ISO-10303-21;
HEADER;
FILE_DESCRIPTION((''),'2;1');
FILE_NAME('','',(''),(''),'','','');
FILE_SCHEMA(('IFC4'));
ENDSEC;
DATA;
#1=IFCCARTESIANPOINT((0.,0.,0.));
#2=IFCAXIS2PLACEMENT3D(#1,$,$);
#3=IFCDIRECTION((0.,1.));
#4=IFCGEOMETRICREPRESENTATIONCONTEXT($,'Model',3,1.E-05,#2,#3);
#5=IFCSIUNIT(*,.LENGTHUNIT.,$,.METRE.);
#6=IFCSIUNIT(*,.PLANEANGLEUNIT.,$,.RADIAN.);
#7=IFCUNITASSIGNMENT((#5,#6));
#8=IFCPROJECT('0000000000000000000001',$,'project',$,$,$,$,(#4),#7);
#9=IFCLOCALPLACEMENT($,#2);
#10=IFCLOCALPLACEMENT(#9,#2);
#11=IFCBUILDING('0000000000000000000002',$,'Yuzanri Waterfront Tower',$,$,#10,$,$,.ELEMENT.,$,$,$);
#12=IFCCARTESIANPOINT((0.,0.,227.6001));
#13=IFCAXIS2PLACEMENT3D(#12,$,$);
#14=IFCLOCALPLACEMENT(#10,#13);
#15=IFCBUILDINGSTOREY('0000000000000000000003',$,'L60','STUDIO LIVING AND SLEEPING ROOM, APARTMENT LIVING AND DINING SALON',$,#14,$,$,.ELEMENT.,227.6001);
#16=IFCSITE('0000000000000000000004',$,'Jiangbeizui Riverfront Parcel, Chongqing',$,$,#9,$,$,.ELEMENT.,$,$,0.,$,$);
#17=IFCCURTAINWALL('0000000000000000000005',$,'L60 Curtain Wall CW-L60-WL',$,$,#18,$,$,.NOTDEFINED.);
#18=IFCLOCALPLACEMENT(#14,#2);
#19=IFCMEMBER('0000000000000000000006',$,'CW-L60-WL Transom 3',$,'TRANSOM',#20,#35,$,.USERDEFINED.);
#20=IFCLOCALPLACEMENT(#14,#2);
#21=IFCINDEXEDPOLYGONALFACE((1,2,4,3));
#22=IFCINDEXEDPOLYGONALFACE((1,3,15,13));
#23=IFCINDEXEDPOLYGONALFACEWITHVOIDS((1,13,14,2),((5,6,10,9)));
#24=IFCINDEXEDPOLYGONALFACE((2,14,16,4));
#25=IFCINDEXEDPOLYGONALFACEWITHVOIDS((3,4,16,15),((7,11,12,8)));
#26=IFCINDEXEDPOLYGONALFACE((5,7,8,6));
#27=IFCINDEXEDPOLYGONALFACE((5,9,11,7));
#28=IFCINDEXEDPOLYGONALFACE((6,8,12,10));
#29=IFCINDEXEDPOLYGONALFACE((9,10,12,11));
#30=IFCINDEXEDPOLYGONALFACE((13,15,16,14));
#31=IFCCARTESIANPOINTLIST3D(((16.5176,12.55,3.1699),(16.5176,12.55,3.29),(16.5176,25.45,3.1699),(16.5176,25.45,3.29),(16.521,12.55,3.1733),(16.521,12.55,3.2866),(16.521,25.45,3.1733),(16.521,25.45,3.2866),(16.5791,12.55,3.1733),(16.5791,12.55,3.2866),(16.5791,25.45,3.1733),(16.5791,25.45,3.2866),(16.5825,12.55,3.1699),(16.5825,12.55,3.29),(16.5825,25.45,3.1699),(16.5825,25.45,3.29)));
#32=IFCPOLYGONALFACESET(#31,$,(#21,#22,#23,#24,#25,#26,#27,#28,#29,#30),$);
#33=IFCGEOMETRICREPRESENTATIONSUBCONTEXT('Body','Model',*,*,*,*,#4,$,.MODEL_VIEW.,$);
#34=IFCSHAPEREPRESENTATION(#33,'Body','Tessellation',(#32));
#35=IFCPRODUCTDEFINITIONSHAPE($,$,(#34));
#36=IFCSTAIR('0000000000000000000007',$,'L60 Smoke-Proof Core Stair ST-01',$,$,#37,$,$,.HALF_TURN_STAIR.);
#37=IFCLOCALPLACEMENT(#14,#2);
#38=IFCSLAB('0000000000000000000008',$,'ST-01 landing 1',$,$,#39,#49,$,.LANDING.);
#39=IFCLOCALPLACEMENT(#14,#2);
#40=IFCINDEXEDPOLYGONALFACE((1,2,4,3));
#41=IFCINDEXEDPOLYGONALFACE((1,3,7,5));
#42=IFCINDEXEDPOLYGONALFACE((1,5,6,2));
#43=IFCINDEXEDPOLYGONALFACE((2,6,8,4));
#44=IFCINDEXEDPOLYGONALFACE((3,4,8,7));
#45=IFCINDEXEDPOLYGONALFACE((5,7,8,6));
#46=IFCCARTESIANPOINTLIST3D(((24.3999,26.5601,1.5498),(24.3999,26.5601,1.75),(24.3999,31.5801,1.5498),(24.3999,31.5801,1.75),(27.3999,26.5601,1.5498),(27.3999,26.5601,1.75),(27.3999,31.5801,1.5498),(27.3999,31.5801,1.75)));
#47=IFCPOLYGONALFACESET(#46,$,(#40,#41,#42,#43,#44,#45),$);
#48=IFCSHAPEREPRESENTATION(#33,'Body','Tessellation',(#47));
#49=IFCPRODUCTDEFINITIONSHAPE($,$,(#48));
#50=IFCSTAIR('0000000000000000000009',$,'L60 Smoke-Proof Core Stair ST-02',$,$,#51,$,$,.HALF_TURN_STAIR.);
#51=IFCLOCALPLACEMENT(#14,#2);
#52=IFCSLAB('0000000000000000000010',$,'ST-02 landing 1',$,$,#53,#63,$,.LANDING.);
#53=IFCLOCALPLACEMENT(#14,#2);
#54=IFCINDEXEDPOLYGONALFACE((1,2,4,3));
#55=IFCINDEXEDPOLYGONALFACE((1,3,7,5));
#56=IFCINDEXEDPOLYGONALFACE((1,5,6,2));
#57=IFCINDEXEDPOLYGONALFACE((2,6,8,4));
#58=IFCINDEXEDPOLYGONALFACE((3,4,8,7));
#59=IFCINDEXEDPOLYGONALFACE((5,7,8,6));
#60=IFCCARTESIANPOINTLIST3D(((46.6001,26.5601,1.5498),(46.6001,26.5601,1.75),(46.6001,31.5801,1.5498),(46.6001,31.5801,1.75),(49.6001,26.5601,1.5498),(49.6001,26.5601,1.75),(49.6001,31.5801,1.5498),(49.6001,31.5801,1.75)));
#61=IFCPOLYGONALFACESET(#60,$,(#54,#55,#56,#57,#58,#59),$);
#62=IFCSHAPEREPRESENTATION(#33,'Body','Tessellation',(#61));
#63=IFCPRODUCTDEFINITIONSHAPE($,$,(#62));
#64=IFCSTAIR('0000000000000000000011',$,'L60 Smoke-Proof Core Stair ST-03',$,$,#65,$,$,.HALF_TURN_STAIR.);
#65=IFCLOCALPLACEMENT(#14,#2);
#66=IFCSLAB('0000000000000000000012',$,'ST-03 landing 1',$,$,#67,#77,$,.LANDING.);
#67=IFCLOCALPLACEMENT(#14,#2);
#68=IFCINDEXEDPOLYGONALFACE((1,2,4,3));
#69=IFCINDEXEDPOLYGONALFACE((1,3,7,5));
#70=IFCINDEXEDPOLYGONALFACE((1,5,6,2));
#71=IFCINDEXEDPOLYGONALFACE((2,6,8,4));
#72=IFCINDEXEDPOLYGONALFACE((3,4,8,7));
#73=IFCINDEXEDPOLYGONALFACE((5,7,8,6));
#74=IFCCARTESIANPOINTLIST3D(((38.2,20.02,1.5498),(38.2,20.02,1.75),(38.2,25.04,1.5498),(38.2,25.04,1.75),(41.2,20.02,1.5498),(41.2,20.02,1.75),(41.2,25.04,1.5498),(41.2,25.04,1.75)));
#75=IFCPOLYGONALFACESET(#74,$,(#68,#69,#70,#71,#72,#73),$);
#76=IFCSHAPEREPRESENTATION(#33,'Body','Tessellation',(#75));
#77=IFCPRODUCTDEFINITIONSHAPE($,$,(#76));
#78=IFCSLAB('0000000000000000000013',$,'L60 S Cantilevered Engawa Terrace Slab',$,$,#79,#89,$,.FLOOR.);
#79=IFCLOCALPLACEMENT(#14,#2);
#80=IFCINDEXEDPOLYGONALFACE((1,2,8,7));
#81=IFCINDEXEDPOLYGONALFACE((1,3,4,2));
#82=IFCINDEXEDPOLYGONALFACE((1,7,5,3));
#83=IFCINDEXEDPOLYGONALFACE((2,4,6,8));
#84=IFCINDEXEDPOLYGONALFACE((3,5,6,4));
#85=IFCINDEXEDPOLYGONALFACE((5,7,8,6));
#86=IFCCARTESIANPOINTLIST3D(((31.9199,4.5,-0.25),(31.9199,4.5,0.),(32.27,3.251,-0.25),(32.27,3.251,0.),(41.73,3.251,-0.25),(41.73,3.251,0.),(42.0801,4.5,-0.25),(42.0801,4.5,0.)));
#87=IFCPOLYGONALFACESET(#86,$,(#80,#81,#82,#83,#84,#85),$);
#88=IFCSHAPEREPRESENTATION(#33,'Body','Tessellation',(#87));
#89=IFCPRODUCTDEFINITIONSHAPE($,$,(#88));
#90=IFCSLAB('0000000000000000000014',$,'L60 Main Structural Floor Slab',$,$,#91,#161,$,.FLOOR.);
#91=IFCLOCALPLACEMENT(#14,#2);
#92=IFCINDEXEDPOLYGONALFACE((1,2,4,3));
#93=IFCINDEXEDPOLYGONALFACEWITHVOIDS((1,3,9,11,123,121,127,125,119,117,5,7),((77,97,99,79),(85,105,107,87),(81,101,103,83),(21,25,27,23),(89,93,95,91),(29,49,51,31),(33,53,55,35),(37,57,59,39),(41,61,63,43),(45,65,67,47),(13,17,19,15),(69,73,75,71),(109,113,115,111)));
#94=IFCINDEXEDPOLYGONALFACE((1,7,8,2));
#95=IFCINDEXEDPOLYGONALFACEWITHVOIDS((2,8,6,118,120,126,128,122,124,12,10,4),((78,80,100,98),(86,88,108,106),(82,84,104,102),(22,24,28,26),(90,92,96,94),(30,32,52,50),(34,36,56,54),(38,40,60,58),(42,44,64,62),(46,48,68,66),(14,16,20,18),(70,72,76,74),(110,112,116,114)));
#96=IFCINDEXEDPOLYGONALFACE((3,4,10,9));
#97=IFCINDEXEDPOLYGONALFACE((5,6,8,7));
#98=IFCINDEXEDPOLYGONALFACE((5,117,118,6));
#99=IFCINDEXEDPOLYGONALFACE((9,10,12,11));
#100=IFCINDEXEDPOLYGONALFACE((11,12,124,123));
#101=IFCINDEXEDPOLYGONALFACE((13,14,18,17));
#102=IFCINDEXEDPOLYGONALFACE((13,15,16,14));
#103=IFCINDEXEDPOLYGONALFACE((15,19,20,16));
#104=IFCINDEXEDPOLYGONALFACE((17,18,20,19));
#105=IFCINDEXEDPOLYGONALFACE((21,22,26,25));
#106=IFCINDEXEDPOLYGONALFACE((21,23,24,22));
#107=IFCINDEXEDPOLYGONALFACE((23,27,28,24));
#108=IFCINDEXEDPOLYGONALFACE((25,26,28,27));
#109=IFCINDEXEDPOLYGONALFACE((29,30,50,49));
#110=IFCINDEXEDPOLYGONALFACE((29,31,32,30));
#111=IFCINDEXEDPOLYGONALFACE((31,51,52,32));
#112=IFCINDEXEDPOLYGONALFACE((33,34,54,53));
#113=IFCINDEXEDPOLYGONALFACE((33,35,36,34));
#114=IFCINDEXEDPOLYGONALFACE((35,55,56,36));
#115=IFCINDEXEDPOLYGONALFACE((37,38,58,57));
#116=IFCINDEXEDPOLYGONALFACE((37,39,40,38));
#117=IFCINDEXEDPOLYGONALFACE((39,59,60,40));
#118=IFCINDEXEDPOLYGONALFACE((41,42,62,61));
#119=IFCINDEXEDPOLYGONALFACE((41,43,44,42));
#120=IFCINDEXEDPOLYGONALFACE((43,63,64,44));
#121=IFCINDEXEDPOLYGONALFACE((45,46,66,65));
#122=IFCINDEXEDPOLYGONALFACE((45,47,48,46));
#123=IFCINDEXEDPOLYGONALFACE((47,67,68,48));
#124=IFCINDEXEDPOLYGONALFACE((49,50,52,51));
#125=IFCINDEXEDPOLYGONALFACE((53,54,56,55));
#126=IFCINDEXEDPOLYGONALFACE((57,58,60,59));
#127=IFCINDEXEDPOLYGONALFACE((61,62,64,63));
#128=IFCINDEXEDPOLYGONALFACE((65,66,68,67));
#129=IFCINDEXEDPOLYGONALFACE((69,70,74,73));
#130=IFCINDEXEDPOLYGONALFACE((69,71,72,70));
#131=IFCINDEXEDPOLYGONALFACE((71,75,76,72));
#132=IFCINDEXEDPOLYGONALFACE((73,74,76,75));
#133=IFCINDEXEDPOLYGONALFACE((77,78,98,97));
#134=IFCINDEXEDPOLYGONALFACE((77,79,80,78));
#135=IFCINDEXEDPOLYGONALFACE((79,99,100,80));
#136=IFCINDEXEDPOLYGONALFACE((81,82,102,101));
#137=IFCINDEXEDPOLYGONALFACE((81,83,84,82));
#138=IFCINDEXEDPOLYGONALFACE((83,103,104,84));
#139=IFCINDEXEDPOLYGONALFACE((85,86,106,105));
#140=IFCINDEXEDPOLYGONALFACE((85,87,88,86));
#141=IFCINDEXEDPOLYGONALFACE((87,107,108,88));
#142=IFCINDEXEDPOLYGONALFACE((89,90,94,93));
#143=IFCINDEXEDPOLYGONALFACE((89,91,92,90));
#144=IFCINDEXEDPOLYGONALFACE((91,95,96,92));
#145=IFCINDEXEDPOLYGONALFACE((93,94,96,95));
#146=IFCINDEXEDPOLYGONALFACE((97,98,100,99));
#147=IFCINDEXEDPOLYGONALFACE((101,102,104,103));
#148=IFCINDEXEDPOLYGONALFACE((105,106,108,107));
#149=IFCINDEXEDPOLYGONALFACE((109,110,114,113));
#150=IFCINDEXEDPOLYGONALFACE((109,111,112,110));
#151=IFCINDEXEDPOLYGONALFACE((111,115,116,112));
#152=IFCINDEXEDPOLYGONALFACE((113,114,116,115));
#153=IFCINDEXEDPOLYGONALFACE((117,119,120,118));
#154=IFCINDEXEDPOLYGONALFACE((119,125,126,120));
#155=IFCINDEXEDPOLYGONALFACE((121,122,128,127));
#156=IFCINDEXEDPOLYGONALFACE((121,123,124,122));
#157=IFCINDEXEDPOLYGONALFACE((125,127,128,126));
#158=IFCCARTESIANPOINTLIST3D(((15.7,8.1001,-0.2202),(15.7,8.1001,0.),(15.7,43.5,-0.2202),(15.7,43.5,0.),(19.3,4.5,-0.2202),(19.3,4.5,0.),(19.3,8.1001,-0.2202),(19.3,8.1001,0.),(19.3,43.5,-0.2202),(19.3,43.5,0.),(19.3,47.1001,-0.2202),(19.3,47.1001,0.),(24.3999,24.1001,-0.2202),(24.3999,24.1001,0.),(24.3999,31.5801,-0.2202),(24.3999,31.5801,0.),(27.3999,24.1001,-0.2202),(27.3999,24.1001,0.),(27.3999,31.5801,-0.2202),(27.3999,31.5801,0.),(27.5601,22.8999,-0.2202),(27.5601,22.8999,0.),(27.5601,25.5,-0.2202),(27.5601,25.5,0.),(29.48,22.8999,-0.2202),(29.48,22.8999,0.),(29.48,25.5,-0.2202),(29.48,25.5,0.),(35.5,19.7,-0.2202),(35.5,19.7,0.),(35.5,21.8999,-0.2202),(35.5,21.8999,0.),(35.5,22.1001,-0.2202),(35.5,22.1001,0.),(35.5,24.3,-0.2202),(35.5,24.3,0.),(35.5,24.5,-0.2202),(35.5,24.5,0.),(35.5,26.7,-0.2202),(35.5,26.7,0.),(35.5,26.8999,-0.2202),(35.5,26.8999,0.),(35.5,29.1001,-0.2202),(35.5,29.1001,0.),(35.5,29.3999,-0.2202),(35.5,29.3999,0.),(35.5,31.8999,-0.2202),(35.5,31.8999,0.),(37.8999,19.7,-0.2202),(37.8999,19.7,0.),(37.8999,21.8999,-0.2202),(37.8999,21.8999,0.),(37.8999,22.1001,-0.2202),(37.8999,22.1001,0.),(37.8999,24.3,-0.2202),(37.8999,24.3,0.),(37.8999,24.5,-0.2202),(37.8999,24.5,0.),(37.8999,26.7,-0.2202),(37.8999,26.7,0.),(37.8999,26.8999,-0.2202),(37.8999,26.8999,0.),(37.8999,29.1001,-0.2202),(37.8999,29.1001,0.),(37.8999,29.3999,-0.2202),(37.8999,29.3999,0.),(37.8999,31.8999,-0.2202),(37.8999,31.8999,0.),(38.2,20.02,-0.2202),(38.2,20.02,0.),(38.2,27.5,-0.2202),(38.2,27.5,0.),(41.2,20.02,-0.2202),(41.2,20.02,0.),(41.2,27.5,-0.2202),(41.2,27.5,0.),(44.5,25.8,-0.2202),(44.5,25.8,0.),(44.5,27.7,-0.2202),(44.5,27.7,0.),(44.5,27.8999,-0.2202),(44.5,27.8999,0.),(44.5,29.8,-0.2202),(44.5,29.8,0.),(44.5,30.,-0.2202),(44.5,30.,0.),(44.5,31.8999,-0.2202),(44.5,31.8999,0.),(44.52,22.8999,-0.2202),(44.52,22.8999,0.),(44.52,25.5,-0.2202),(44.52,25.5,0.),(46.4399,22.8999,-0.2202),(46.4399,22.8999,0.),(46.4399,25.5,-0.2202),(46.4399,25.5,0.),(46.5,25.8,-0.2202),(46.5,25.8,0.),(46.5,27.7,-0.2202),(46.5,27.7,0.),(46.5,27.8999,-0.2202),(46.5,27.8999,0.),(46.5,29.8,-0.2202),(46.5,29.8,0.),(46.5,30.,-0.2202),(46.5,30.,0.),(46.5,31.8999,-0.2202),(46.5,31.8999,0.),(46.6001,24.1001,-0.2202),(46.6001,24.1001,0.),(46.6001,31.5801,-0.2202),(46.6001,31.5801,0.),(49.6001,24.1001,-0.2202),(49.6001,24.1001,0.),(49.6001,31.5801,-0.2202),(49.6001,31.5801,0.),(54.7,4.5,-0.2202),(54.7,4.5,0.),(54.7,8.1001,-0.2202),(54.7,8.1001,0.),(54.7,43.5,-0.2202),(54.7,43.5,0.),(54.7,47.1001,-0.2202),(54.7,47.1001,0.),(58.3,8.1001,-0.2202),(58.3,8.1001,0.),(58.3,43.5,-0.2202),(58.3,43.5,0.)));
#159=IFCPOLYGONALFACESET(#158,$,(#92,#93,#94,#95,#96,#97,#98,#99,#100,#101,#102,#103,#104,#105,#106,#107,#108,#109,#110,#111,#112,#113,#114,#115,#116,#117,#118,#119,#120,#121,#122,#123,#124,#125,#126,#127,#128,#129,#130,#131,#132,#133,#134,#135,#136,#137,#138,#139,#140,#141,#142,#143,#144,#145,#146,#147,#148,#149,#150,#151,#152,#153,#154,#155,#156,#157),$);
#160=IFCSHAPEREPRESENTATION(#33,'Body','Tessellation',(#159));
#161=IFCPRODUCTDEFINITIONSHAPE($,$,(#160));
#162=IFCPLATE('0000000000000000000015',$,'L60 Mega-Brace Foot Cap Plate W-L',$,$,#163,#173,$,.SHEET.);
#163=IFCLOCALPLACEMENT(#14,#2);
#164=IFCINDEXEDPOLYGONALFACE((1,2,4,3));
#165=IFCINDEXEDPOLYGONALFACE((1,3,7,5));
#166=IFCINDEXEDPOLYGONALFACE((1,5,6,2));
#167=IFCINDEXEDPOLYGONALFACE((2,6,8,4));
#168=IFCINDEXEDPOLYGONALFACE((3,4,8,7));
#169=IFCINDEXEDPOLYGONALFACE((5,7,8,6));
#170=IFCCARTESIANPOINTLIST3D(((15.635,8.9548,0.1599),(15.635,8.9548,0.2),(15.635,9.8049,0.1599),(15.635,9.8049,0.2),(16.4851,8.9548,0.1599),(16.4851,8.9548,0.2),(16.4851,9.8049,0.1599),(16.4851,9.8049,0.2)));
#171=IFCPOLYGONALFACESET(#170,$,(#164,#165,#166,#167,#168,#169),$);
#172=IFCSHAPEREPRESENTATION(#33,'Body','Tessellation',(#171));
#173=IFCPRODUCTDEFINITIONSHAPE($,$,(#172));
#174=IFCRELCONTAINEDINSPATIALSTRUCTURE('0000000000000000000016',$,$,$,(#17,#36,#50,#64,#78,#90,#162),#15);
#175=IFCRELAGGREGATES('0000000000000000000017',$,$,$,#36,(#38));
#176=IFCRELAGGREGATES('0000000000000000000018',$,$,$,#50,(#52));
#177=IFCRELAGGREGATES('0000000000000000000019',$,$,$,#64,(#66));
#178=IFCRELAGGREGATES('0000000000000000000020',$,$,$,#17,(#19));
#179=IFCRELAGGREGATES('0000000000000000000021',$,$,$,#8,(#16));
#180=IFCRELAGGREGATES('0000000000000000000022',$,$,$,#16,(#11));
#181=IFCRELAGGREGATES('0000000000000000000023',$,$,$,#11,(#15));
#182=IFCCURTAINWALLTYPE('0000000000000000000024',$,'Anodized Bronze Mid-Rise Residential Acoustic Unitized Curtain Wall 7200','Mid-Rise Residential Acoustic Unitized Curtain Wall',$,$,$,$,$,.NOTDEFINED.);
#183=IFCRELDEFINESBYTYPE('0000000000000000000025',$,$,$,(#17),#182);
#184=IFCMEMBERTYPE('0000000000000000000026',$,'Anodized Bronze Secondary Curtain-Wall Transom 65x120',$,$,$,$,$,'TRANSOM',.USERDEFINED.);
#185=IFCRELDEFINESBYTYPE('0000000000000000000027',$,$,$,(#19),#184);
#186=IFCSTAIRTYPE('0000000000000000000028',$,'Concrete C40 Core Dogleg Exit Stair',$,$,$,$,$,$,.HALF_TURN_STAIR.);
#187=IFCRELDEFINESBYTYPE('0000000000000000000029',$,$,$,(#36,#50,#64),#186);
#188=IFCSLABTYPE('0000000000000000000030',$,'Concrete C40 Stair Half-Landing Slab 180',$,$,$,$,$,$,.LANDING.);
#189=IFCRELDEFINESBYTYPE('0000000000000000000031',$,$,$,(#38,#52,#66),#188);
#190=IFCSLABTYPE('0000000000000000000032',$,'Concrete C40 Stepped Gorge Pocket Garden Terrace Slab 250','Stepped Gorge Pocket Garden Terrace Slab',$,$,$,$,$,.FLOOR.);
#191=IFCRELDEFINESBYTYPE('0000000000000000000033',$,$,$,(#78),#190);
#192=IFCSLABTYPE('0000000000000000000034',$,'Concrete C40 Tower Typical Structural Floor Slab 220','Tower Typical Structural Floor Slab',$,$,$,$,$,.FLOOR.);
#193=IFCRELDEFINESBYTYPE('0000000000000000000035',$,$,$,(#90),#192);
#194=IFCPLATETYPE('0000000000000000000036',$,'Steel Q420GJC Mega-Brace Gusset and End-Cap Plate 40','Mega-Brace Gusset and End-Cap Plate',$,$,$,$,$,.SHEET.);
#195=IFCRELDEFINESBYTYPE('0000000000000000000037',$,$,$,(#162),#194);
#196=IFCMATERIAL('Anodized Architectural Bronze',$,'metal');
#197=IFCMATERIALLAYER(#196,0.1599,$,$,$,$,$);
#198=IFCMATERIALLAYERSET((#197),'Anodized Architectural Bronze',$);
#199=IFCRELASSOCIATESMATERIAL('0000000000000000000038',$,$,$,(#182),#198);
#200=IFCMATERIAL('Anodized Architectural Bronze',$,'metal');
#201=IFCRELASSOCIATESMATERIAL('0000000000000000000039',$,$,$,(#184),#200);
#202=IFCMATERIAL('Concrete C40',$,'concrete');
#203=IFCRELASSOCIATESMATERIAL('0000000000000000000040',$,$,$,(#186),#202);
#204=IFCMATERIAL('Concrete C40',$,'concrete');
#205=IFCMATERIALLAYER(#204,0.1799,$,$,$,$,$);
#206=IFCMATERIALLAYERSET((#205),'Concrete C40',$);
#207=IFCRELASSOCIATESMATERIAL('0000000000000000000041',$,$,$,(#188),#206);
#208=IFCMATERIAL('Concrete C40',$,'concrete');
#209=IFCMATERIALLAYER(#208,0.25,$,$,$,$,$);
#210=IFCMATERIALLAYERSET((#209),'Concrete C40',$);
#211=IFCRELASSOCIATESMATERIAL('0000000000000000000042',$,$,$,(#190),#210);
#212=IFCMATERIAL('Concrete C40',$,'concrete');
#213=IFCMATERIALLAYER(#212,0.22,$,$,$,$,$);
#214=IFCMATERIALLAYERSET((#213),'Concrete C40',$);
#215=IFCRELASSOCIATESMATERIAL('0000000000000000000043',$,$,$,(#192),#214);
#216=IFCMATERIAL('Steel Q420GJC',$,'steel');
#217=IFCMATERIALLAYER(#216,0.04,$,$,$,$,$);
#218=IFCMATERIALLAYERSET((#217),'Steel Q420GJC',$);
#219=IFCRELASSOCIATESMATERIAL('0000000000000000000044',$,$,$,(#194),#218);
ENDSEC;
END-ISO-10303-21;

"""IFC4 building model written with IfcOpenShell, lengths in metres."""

from ifc_helpers import new_model, si_unit, direction, frame, origin, origin_2d, place, context, subcontext, project, spatial, polyline, rectangle, hollow_rectangle, outline, extrude, source, transform, mapped, material, layer, layer_set, material_profile, profile_set, type_object, element, aggregate, save


model = new_model("IFC4")

# Units and contexts
model_context = context("Model", 3, precision=1e-05, world=origin(), true_north=direction((0.0, 1.0)))
body_context = subcontext(model_context, "Body", "Model", "MODEL_VIEW")
ifc_project = project(units=[si_unit("LENGTHUNIT", "METRE"), si_unit("PLANEANGLEUNIT", "RADIAN")], contexts=[model_context])

# Site, building, storey
site_placement = place(None, origin())
site = spatial("IfcSite", under=ifc_project, at=site_placement, Name="Jiangbeizui Riverfront Parcel, Chongqing", CompositionType="ELEMENT", RefElevation=0.0)
building_placement = place(site_placement, origin())
building = spatial("IfcBuilding", under=site, at=building_placement, Name="Yuzanri Waterfront Tower", CompositionType="ELEMENT")
storey_placement = place(building_placement, frame((0.0, 0.0, 227.6001)))
storey = spatial("IfcBuildingStorey", under=building, at=storey_placement, Name="L60", Description="STUDIO LIVING AND SLEEPING ROOM, APARTMENT LIVING AND DINING SALON", CompositionType="ELEMENT", Elevation=227.6001)

# Curtain wall, member
ifc_material_1 = material(Name="Anodized Architectural Bronze", Category="metal")
ifc_layer_1 = layer(ifc_material_1, 0.1599)
ifc_layer_set_1 = layer_set([ifc_layer_1], Name="Anodized Architectural Bronze")
curtain_wall_type = type_object("IfcCurtainWallType", Name="Anodized Bronze Mid-Rise Residential Acoustic Unitized Curtain Wall 7200", Description="Mid-Rise Residential Acoustic Unitized Curtain Wall", PredefinedType="NOTDEFINED", material=ifc_layer_set_1)
curtain_wall_placement = place(storey_placement, origin())
curtain_wall = element("IfcCurtainWall", 1, at=curtain_wall_placement, inside=storey, type_object=curtain_wall_type, Name="L60 Curtain Wall CW-L60-WL", PredefinedType="NOTDEFINED")
ifc_material_2 = material(Name="Anodized Architectural Bronze", Category="metal")
ifc_material_profile_1 = material_profile(ifc_material_2, hollow_rectangle(XDim=0.0649, YDim=0.1201, WallThickness=0.0034, at=origin_2d()), Name="CWT 65x120")
ifc_profile_set_1 = profile_set([ifc_material_profile_1], Name="Anodized Architectural Bronze")
member_type_1 = type_object("IfcMemberType", Name="Anodized Bronze Secondary Curtain-Wall Transom 65x120", ElementType="TRANSOM", PredefinedType="USERDEFINED", material=ifc_profile_set_1)
shared_shape_1 = source(origin(), body_context, "Body", "SweptSolid", [
    extrude(hollow_rectangle(XDim=0.0649, YDim=0.1201, WallThickness=0.0034, at=origin_2d()), origin(), (0.0, 0.0, 1.0), 12.8999),
])
member_1_placement = place(storey_placement, frame((16.55, 12.55, 3.23), z_axis=(0.0, 1.0, 0.0), x_axis=(-1.0, 0.0, 0.0)))
member_1 = element("IfcMember", 2, at=member_1_placement, type_object=member_type_1, Name="CW-L60-WL Transom 3", ObjectType="TRANSOM", PredefinedType="USERDEFINED", context=body_context, shape_type="MappedRepresentation", body=[
    mapped(shared_shape_1, transform((0.0, 0.0, 0.0), scale=1.0)),
])

# Stairs, slabs
ifc_material_3 = material(Name="Concrete C40", Category="concrete")
stair_type = type_object("IfcStairType", Name="Concrete C40 Core Dogleg Exit Stair", PredefinedType="HALF_TURN_STAIR", material=ifc_material_3)
stair_1_placement = place(storey_placement, origin())
stair_1 = element("IfcStair", 3, at=stair_1_placement, inside=storey, type_object=stair_type, Name="L60 Smoke-Proof Core Stair ST-01", PredefinedType="HALF_TURN_STAIR")
ifc_material_4 = material(Name="Concrete C40", Category="concrete")
ifc_layer_2 = layer(ifc_material_4, 0.1799)
ifc_layer_set_2 = layer_set([ifc_layer_2], Name="Concrete C40")
slab_type_1 = type_object("IfcSlabType", Name="Concrete C40 Stair Half-Landing Slab 180", PredefinedType="LANDING", material=ifc_layer_set_2)
slab_1_placement = place(storey_placement, frame((0.0, 0.0, 1.5498)))
slab_1 = element("IfcSlab", 4, at=slab_1_placement, type_object=slab_type_1, Name="ST-01 landing 1", PredefinedType="LANDING", context=body_context, shape_type="SweptSolid", body=[
    extrude(outline(polyline([(27.3999, 26.5601), (27.3999, 31.5801), (24.3999, 31.5801), (24.3999, 26.5601), (27.3999, 26.5601)])), origin(), (0.0, 0.0, 1.0), 0.2002),
])
aggregate(stair_1, [slab_1])
stair_2_placement = place(storey_placement, origin())
stair_2 = element("IfcStair", 5, at=stair_2_placement, inside=storey, type_object=stair_type, Name="L60 Smoke-Proof Core Stair ST-02", PredefinedType="HALF_TURN_STAIR")
slab_2_placement = place(storey_placement, frame((0.0, 0.0, 1.5498)))
slab_2 = element("IfcSlab", 6, at=slab_2_placement, type_object=slab_type_1, Name="ST-02 landing 1", PredefinedType="LANDING", context=body_context, shape_type="SweptSolid", body=[
    extrude(outline(polyline([(49.6001, 26.5601), (49.6001, 31.5801), (46.6001, 31.5801), (46.6001, 26.5601), (49.6001, 26.5601)])), origin(), (0.0, 0.0, 1.0), 0.2002),
])
aggregate(stair_2, [slab_2])
stair_3_placement = place(storey_placement, origin())
stair_3 = element("IfcStair", 7, at=stair_3_placement, inside=storey, type_object=stair_type, Name="L60 Smoke-Proof Core Stair ST-03", PredefinedType="HALF_TURN_STAIR")
slab_3_placement = place(storey_placement, frame((0.0, 0.0, 1.5498)))
slab_3 = element("IfcSlab", 8, at=slab_3_placement, type_object=slab_type_1, Name="ST-03 landing 1", PredefinedType="LANDING", context=body_context, shape_type="SweptSolid", body=[
    extrude(outline(polyline([(38.2, 25.04), (38.2, 20.02), (41.2, 20.02), (41.2, 25.04), (38.2, 25.04)])), origin(), (0.0, 0.0, 1.0), 0.2002),
])
aggregate(stair_3, [slab_3])

# Slabs
ifc_material_5 = material(Name="Concrete C40", Category="concrete")
ifc_layer_3 = layer(ifc_material_5, 0.25)
ifc_layer_set_3 = layer_set([ifc_layer_3], Name="Concrete C40")
slab_type_2 = type_object("IfcSlabType", Name="Concrete C40 Stepped Gorge Pocket Garden Terrace Slab 250", Description="Stepped Gorge Pocket Garden Terrace Slab", PredefinedType="FLOOR", material=ifc_layer_set_3)
slab_4_placement = place(storey_placement, frame((0.0, 0.0, -0.25)))
element("IfcSlab", 9, at=slab_4_placement, inside=storey, type_object=slab_type_2, Name="L60 S Cantilevered Engawa Terrace Slab", PredefinedType="FLOOR", context=body_context, shape_type="SweptSolid", body=[
    extrude(outline(polyline([(31.9199, 4.5), (42.0801, 4.5), (41.73, 3.251), (32.27, 3.251), (31.9199, 4.5)])), origin(), (0.0, 0.0, 1.0), 0.25),
])
ifc_material_6 = material(Name="Concrete C40", Category="concrete")
ifc_layer_4 = layer(ifc_material_6, 0.22)
ifc_layer_set_4 = layer_set([ifc_layer_4], Name="Concrete C40")
slab_type_3 = type_object("IfcSlabType", Name="Concrete C40 Tower Typical Structural Floor Slab 220", Description="Tower Typical Structural Floor Slab", PredefinedType="FLOOR", material=ifc_layer_set_4)
slab_5_placement = place(storey_placement, frame((0.0, 0.0, -0.2202)))
element("IfcSlab", 10, at=slab_5_placement, inside=storey, type_object=slab_type_3, Name="L60 Main Structural Floor Slab", PredefinedType="FLOOR", context=body_context, shape_type="SweptSolid", body=[
    extrude(outline(polyline([(19.3, 4.5), (54.7, 4.5), (54.7, 8.1001), (58.3, 8.1001), (58.3, 43.5), (54.7, 43.5), (54.7, 47.1001), (19.3, 47.1001), (19.3, 43.5), (15.7, 43.5), (15.7, 8.1001), (19.3, 8.1001), (19.3, 4.5)]), holes=[polyline([(27.3999, 24.1001), (27.3999, 31.5801), (24.3999, 31.5801), (24.3999, 24.1001), (27.3999, 24.1001)]), polyline([(49.6001, 24.1001), (49.6001, 31.5801), (46.6001, 31.5801), (46.6001, 24.1001), (49.6001, 24.1001)]), polyline([(38.2, 27.5), (38.2, 20.02), (41.2, 20.02), (41.2, 27.5), (38.2, 27.5)]), polyline([(27.5601, 22.8999), (29.48, 22.8999), (29.48, 25.5), (27.5601, 25.5), (27.5601, 22.8999)]), polyline([(44.52, 22.8999), (46.4399, 22.8999), (46.4399, 25.5), (44.52, 25.5), (44.52, 22.8999)]), polyline([(35.5, 19.7), (37.8999, 19.7), (37.8999, 21.8999), (35.5, 21.8999), (35.5, 19.7)]), polyline([(35.5, 22.1001), (37.8999, 22.1001), (37.8999, 24.3), (35.5, 24.3), (35.5, 22.1001)]), polyline([(35.5, 24.5), (37.8999, 24.5), (37.8999, 26.7), (35.5, 26.7), (35.5, 24.5)]), polyline([(35.5, 26.8999), (37.8999, 26.8999), (37.8999, 29.1001), (35.5, 29.1001), (35.5, 26.8999)]), polyline([(35.5, 29.3999), (37.8999, 29.3999), (37.8999, 31.8999), (35.5, 31.8999), (35.5, 29.3999)]), polyline([(44.5, 25.8), (46.5, 25.8), (46.5, 27.7), (44.5, 27.7), (44.5, 25.8)]), polyline([(44.5, 27.8999), (46.5, 27.8999), (46.5, 29.8), (44.5, 29.8), (44.5, 27.8999)]), polyline([(44.5, 30.0), (46.5, 30.0), (46.5, 31.8999), (44.5, 31.8999), (44.5, 30.0)])]), origin(), (0.0, 0.0, 1.0), 0.2202),
])

# Plate
ifc_material_7 = material(Name="Steel Q420GJC", Category="steel")
ifc_layer_5 = layer(ifc_material_7, 0.04)
ifc_layer_set_5 = layer_set([ifc_layer_5], Name="Steel Q420GJC")
plate_type_1 = type_object("IfcPlateType", Name="Steel Q420GJC Mega-Brace Gusset and End-Cap Plate 40", Description="Mega-Brace Gusset and End-Cap Plate", PredefinedType="SHEET", material=ifc_layer_set_5)
shared_shape_2 = source(origin(), body_context, "Body", "SweptSolid", [
    extrude(rectangle(XDim=0.8501, YDim=0.8501, at=origin_2d()), origin(), (0.0, 0.0, 1.0), 0.04),
])
plate_1_placement = place(storey_placement, frame((16.0601, 9.3799, 0.1599), z_axis=(0.0, 0.0, 1.0), x_axis=(1.0, 0.0, 0.0)))
element("IfcPlate", 11, at=plate_1_placement, inside=storey, type_object=plate_type_1, Name="L60 Mega-Brace Foot Cap Plate W-L", PredefinedType="SHEET", context=body_context, shape_type="MappedRepresentation", body=[
    mapped(shared_shape_2, transform((0.0, 0.0, 0.0), scale=1.0)),
])
aggregate(curtain_wall, [member_1])

save(model, "model.ifc")
